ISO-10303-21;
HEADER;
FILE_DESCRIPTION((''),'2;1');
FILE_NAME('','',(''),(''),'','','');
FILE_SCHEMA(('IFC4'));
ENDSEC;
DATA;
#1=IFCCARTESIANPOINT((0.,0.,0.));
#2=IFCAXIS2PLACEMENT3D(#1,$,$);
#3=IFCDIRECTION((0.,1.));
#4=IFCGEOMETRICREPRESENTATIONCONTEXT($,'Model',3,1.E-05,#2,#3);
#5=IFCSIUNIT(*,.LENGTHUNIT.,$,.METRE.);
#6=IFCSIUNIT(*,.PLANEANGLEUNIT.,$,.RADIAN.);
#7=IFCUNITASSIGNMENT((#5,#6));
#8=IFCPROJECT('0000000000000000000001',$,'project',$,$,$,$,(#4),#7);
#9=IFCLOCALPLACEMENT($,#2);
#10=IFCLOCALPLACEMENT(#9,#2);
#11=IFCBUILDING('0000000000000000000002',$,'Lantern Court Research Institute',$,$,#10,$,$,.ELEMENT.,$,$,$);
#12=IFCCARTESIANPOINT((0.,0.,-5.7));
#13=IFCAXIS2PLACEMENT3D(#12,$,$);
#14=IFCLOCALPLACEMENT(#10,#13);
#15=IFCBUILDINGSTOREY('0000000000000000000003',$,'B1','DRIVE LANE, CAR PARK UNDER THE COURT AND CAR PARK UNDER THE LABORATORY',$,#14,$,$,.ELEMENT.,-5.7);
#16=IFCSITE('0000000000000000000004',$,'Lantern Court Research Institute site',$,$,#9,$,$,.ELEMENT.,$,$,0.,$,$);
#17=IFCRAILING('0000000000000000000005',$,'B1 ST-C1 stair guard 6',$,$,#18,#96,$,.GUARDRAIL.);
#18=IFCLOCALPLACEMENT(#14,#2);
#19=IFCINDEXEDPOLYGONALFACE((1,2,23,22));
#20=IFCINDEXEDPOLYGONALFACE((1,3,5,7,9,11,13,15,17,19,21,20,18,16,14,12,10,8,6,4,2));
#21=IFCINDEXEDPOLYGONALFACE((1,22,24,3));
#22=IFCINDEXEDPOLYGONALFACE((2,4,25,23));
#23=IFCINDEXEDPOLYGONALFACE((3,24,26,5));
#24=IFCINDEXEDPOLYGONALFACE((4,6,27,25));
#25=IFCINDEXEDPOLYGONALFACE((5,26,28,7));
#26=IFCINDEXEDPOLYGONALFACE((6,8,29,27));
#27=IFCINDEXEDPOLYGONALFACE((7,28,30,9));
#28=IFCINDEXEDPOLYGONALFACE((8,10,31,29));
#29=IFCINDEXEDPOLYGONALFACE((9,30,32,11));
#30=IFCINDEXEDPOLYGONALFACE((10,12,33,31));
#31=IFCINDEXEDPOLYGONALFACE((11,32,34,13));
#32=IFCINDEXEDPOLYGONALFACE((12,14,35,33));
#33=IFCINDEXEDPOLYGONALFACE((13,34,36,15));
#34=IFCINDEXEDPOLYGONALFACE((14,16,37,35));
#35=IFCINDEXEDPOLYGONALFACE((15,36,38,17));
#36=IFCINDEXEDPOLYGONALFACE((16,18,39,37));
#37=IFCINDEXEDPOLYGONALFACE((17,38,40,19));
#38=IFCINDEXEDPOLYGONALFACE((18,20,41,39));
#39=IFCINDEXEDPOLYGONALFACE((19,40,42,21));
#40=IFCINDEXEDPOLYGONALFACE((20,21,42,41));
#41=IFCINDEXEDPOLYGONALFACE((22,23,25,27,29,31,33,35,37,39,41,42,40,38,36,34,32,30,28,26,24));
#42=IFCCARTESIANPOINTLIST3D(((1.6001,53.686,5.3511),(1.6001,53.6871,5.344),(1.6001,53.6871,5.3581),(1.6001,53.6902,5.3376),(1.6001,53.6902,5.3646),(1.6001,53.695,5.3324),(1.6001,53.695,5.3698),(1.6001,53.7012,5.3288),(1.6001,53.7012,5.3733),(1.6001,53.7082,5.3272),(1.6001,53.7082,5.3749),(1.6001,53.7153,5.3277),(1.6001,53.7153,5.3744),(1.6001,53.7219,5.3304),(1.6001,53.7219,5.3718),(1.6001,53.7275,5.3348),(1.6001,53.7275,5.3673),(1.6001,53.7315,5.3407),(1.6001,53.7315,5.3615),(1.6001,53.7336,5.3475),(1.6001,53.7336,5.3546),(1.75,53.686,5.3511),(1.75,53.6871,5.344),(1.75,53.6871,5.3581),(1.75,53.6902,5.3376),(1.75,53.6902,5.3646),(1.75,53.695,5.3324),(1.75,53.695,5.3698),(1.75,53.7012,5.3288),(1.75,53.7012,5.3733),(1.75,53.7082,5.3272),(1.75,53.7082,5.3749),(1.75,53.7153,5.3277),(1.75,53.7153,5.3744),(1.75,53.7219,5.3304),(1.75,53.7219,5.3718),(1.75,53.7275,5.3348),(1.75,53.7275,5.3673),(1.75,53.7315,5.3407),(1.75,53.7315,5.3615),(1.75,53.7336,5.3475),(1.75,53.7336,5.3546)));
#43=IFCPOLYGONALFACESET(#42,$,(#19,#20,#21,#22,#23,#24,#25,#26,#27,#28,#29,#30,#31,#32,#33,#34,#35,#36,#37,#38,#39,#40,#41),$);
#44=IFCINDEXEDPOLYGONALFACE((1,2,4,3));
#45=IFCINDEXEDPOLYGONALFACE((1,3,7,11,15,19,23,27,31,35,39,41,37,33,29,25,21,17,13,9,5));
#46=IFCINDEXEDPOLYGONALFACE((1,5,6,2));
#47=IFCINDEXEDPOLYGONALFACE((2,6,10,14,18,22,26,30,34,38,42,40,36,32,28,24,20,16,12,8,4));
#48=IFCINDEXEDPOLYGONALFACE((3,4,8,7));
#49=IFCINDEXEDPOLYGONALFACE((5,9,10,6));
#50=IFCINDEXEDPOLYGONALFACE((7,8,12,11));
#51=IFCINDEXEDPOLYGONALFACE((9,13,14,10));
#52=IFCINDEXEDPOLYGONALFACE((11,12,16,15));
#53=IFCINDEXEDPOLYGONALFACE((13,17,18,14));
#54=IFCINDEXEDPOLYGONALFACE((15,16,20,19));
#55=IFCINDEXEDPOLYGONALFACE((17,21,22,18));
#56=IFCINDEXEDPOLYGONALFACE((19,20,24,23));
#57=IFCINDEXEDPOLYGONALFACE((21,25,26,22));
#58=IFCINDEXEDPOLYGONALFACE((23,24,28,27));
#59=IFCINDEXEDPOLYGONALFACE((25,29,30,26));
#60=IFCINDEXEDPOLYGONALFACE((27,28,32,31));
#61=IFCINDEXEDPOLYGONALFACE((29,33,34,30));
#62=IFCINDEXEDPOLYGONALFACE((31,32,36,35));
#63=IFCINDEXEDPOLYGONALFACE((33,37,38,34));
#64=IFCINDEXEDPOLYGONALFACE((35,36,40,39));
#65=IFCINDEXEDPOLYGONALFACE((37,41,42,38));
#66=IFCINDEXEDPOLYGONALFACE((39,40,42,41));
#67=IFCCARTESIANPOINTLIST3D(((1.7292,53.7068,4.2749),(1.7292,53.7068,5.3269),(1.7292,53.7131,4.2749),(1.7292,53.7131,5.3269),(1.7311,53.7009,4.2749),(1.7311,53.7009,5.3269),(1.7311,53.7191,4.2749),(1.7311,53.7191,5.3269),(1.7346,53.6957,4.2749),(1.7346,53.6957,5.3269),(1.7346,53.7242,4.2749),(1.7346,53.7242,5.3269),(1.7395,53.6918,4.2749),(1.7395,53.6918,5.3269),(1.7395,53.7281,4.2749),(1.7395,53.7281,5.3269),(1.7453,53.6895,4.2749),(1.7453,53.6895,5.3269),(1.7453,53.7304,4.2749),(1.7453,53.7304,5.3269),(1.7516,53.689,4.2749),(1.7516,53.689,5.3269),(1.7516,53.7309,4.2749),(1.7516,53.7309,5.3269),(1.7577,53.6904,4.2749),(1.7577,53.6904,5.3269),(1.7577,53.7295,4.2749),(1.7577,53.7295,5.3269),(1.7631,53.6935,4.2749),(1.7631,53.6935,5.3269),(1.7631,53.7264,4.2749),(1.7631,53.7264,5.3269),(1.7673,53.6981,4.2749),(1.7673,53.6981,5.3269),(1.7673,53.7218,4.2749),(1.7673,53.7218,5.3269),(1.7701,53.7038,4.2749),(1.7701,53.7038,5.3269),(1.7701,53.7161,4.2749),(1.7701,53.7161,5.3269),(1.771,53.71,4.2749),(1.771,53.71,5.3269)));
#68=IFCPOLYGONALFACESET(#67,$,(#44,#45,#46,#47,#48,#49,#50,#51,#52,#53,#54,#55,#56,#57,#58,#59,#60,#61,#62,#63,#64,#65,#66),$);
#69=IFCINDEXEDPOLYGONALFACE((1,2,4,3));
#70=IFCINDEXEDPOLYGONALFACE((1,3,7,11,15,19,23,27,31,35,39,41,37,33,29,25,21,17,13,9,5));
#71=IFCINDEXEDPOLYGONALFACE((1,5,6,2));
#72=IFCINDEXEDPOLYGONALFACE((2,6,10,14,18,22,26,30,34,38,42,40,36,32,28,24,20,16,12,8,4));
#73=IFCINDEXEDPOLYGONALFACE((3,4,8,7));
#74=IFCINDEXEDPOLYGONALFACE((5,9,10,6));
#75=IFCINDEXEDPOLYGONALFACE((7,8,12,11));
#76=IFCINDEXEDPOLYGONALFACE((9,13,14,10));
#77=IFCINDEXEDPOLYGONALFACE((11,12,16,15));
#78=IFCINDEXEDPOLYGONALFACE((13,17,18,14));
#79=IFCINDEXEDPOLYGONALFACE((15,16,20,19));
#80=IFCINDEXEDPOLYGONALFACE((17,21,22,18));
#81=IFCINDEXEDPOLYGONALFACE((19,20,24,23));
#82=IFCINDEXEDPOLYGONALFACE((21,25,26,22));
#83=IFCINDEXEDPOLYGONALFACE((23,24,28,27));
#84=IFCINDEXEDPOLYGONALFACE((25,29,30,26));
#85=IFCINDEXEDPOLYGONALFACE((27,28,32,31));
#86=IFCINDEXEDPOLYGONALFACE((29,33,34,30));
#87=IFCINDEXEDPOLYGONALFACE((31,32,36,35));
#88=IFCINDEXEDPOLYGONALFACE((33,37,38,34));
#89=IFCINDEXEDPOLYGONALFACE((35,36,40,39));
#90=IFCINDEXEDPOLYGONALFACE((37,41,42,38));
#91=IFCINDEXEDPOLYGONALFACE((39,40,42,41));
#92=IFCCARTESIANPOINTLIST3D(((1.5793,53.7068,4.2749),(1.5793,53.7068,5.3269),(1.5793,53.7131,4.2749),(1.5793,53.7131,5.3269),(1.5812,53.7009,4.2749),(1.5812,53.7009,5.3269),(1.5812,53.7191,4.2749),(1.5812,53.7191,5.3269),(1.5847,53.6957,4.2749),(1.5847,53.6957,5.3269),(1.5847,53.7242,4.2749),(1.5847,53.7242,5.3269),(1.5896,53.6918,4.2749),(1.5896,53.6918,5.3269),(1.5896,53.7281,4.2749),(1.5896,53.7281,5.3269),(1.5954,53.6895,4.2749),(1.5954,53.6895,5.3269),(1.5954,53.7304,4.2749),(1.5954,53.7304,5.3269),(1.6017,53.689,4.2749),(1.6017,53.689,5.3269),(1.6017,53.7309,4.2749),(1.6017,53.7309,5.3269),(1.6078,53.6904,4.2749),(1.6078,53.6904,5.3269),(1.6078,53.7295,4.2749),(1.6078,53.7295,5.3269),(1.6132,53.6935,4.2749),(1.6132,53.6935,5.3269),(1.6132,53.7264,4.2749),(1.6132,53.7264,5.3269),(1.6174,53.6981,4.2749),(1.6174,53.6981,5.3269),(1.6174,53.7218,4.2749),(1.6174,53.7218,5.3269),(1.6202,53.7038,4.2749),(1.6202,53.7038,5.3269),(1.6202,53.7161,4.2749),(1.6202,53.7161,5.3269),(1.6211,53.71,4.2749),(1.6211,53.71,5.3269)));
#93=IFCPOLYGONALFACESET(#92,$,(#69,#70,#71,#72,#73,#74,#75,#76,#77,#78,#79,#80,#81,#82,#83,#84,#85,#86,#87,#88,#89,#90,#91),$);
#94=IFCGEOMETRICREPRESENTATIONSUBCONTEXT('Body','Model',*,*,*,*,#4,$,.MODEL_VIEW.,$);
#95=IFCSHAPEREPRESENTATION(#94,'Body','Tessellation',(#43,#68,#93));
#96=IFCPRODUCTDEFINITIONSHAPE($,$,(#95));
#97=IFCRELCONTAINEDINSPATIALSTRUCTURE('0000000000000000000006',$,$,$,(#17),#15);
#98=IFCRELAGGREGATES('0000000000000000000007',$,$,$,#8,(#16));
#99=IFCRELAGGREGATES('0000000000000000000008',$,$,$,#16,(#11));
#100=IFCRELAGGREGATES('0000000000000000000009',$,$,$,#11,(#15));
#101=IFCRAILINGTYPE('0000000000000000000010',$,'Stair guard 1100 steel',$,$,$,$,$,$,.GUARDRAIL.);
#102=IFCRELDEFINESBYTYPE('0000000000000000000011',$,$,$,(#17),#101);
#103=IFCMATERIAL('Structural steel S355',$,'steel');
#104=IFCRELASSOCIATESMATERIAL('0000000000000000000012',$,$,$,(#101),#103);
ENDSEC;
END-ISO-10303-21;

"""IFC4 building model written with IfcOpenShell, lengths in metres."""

from ifc_helpers import new_model, si_unit, direction, frame, origin, origin_2d, place, context, subcontext, project, spatial, circle, extrude, material, type_object, element, save


model = new_model("IFC4")

# Units and contexts
model_context = context("Model", 3, precision=1e-05, world=origin(), true_north=direction((0.0, 1.0)))
body_context = subcontext(model_context, "Body", "Model", "MODEL_VIEW")
ifc_project = project(units=[si_unit("LENGTHUNIT", "METRE"), si_unit("PLANEANGLEUNIT", "RADIAN")], contexts=[model_context])

# Site, building, storey
site_placement = place(None, origin())
site = spatial("IfcSite", under=ifc_project, at=site_placement, Name="Lantern Court Research Institute site", CompositionType="ELEMENT", RefElevation=0.0)
building_placement = place(site_placement, origin())
building = spatial("IfcBuilding", under=site, at=building_placement, Name="Lantern Court Research Institute", CompositionType="ELEMENT")
storey_placement = place(building_placement, frame((0.0, 0.0, -5.7)))
storey = spatial("IfcBuildingStorey", under=building, at=storey_placement, Name="B1", Description="DRIVE LANE, CAR PARK UNDER THE COURT AND CAR PARK UNDER THE LABORATORY", CompositionType="ELEMENT", Elevation=-5.7)

# Railing
ifc_material_1 = material(Name="Structural steel S355", Category="steel")
railing_type_1 = type_object("IfcRailingType", Name="Stair guard 1100 steel", PredefinedType="GUARDRAIL", material=ifc_material_1)
railing_1_placement = place(storey_placement, frame((1.75, 53.71, 4.2749)))
element("IfcRailing", 1, at=railing_1_placement, inside=storey, type_object=railing_type_1, Name="B1 ST-C1 stair guard 6", PredefinedType="GUARDRAIL", context=body_context, shape_type="SweptSolid", body=[
    extrude(circle(Radius=0.0239, at=origin_2d()), frame((0.0, 0.0, 1.0762), z_axis=(-1.0, 0.0, 0.0), x_axis=(0.0, -1.0, 0.0)), (0.0, 0.0, 1.0), 0.1499),
    extrude(circle(Radius=0.021, at=origin_2d()), origin(), (0.0, 0.0, 1.0), 1.052),
    extrude(circle(Radius=0.021, at=origin_2d()), frame((-0.1499, 0.0, 0.0)), (0.0, 0.0, 1.0), 1.052),
])

save(model, "model.ifc")
